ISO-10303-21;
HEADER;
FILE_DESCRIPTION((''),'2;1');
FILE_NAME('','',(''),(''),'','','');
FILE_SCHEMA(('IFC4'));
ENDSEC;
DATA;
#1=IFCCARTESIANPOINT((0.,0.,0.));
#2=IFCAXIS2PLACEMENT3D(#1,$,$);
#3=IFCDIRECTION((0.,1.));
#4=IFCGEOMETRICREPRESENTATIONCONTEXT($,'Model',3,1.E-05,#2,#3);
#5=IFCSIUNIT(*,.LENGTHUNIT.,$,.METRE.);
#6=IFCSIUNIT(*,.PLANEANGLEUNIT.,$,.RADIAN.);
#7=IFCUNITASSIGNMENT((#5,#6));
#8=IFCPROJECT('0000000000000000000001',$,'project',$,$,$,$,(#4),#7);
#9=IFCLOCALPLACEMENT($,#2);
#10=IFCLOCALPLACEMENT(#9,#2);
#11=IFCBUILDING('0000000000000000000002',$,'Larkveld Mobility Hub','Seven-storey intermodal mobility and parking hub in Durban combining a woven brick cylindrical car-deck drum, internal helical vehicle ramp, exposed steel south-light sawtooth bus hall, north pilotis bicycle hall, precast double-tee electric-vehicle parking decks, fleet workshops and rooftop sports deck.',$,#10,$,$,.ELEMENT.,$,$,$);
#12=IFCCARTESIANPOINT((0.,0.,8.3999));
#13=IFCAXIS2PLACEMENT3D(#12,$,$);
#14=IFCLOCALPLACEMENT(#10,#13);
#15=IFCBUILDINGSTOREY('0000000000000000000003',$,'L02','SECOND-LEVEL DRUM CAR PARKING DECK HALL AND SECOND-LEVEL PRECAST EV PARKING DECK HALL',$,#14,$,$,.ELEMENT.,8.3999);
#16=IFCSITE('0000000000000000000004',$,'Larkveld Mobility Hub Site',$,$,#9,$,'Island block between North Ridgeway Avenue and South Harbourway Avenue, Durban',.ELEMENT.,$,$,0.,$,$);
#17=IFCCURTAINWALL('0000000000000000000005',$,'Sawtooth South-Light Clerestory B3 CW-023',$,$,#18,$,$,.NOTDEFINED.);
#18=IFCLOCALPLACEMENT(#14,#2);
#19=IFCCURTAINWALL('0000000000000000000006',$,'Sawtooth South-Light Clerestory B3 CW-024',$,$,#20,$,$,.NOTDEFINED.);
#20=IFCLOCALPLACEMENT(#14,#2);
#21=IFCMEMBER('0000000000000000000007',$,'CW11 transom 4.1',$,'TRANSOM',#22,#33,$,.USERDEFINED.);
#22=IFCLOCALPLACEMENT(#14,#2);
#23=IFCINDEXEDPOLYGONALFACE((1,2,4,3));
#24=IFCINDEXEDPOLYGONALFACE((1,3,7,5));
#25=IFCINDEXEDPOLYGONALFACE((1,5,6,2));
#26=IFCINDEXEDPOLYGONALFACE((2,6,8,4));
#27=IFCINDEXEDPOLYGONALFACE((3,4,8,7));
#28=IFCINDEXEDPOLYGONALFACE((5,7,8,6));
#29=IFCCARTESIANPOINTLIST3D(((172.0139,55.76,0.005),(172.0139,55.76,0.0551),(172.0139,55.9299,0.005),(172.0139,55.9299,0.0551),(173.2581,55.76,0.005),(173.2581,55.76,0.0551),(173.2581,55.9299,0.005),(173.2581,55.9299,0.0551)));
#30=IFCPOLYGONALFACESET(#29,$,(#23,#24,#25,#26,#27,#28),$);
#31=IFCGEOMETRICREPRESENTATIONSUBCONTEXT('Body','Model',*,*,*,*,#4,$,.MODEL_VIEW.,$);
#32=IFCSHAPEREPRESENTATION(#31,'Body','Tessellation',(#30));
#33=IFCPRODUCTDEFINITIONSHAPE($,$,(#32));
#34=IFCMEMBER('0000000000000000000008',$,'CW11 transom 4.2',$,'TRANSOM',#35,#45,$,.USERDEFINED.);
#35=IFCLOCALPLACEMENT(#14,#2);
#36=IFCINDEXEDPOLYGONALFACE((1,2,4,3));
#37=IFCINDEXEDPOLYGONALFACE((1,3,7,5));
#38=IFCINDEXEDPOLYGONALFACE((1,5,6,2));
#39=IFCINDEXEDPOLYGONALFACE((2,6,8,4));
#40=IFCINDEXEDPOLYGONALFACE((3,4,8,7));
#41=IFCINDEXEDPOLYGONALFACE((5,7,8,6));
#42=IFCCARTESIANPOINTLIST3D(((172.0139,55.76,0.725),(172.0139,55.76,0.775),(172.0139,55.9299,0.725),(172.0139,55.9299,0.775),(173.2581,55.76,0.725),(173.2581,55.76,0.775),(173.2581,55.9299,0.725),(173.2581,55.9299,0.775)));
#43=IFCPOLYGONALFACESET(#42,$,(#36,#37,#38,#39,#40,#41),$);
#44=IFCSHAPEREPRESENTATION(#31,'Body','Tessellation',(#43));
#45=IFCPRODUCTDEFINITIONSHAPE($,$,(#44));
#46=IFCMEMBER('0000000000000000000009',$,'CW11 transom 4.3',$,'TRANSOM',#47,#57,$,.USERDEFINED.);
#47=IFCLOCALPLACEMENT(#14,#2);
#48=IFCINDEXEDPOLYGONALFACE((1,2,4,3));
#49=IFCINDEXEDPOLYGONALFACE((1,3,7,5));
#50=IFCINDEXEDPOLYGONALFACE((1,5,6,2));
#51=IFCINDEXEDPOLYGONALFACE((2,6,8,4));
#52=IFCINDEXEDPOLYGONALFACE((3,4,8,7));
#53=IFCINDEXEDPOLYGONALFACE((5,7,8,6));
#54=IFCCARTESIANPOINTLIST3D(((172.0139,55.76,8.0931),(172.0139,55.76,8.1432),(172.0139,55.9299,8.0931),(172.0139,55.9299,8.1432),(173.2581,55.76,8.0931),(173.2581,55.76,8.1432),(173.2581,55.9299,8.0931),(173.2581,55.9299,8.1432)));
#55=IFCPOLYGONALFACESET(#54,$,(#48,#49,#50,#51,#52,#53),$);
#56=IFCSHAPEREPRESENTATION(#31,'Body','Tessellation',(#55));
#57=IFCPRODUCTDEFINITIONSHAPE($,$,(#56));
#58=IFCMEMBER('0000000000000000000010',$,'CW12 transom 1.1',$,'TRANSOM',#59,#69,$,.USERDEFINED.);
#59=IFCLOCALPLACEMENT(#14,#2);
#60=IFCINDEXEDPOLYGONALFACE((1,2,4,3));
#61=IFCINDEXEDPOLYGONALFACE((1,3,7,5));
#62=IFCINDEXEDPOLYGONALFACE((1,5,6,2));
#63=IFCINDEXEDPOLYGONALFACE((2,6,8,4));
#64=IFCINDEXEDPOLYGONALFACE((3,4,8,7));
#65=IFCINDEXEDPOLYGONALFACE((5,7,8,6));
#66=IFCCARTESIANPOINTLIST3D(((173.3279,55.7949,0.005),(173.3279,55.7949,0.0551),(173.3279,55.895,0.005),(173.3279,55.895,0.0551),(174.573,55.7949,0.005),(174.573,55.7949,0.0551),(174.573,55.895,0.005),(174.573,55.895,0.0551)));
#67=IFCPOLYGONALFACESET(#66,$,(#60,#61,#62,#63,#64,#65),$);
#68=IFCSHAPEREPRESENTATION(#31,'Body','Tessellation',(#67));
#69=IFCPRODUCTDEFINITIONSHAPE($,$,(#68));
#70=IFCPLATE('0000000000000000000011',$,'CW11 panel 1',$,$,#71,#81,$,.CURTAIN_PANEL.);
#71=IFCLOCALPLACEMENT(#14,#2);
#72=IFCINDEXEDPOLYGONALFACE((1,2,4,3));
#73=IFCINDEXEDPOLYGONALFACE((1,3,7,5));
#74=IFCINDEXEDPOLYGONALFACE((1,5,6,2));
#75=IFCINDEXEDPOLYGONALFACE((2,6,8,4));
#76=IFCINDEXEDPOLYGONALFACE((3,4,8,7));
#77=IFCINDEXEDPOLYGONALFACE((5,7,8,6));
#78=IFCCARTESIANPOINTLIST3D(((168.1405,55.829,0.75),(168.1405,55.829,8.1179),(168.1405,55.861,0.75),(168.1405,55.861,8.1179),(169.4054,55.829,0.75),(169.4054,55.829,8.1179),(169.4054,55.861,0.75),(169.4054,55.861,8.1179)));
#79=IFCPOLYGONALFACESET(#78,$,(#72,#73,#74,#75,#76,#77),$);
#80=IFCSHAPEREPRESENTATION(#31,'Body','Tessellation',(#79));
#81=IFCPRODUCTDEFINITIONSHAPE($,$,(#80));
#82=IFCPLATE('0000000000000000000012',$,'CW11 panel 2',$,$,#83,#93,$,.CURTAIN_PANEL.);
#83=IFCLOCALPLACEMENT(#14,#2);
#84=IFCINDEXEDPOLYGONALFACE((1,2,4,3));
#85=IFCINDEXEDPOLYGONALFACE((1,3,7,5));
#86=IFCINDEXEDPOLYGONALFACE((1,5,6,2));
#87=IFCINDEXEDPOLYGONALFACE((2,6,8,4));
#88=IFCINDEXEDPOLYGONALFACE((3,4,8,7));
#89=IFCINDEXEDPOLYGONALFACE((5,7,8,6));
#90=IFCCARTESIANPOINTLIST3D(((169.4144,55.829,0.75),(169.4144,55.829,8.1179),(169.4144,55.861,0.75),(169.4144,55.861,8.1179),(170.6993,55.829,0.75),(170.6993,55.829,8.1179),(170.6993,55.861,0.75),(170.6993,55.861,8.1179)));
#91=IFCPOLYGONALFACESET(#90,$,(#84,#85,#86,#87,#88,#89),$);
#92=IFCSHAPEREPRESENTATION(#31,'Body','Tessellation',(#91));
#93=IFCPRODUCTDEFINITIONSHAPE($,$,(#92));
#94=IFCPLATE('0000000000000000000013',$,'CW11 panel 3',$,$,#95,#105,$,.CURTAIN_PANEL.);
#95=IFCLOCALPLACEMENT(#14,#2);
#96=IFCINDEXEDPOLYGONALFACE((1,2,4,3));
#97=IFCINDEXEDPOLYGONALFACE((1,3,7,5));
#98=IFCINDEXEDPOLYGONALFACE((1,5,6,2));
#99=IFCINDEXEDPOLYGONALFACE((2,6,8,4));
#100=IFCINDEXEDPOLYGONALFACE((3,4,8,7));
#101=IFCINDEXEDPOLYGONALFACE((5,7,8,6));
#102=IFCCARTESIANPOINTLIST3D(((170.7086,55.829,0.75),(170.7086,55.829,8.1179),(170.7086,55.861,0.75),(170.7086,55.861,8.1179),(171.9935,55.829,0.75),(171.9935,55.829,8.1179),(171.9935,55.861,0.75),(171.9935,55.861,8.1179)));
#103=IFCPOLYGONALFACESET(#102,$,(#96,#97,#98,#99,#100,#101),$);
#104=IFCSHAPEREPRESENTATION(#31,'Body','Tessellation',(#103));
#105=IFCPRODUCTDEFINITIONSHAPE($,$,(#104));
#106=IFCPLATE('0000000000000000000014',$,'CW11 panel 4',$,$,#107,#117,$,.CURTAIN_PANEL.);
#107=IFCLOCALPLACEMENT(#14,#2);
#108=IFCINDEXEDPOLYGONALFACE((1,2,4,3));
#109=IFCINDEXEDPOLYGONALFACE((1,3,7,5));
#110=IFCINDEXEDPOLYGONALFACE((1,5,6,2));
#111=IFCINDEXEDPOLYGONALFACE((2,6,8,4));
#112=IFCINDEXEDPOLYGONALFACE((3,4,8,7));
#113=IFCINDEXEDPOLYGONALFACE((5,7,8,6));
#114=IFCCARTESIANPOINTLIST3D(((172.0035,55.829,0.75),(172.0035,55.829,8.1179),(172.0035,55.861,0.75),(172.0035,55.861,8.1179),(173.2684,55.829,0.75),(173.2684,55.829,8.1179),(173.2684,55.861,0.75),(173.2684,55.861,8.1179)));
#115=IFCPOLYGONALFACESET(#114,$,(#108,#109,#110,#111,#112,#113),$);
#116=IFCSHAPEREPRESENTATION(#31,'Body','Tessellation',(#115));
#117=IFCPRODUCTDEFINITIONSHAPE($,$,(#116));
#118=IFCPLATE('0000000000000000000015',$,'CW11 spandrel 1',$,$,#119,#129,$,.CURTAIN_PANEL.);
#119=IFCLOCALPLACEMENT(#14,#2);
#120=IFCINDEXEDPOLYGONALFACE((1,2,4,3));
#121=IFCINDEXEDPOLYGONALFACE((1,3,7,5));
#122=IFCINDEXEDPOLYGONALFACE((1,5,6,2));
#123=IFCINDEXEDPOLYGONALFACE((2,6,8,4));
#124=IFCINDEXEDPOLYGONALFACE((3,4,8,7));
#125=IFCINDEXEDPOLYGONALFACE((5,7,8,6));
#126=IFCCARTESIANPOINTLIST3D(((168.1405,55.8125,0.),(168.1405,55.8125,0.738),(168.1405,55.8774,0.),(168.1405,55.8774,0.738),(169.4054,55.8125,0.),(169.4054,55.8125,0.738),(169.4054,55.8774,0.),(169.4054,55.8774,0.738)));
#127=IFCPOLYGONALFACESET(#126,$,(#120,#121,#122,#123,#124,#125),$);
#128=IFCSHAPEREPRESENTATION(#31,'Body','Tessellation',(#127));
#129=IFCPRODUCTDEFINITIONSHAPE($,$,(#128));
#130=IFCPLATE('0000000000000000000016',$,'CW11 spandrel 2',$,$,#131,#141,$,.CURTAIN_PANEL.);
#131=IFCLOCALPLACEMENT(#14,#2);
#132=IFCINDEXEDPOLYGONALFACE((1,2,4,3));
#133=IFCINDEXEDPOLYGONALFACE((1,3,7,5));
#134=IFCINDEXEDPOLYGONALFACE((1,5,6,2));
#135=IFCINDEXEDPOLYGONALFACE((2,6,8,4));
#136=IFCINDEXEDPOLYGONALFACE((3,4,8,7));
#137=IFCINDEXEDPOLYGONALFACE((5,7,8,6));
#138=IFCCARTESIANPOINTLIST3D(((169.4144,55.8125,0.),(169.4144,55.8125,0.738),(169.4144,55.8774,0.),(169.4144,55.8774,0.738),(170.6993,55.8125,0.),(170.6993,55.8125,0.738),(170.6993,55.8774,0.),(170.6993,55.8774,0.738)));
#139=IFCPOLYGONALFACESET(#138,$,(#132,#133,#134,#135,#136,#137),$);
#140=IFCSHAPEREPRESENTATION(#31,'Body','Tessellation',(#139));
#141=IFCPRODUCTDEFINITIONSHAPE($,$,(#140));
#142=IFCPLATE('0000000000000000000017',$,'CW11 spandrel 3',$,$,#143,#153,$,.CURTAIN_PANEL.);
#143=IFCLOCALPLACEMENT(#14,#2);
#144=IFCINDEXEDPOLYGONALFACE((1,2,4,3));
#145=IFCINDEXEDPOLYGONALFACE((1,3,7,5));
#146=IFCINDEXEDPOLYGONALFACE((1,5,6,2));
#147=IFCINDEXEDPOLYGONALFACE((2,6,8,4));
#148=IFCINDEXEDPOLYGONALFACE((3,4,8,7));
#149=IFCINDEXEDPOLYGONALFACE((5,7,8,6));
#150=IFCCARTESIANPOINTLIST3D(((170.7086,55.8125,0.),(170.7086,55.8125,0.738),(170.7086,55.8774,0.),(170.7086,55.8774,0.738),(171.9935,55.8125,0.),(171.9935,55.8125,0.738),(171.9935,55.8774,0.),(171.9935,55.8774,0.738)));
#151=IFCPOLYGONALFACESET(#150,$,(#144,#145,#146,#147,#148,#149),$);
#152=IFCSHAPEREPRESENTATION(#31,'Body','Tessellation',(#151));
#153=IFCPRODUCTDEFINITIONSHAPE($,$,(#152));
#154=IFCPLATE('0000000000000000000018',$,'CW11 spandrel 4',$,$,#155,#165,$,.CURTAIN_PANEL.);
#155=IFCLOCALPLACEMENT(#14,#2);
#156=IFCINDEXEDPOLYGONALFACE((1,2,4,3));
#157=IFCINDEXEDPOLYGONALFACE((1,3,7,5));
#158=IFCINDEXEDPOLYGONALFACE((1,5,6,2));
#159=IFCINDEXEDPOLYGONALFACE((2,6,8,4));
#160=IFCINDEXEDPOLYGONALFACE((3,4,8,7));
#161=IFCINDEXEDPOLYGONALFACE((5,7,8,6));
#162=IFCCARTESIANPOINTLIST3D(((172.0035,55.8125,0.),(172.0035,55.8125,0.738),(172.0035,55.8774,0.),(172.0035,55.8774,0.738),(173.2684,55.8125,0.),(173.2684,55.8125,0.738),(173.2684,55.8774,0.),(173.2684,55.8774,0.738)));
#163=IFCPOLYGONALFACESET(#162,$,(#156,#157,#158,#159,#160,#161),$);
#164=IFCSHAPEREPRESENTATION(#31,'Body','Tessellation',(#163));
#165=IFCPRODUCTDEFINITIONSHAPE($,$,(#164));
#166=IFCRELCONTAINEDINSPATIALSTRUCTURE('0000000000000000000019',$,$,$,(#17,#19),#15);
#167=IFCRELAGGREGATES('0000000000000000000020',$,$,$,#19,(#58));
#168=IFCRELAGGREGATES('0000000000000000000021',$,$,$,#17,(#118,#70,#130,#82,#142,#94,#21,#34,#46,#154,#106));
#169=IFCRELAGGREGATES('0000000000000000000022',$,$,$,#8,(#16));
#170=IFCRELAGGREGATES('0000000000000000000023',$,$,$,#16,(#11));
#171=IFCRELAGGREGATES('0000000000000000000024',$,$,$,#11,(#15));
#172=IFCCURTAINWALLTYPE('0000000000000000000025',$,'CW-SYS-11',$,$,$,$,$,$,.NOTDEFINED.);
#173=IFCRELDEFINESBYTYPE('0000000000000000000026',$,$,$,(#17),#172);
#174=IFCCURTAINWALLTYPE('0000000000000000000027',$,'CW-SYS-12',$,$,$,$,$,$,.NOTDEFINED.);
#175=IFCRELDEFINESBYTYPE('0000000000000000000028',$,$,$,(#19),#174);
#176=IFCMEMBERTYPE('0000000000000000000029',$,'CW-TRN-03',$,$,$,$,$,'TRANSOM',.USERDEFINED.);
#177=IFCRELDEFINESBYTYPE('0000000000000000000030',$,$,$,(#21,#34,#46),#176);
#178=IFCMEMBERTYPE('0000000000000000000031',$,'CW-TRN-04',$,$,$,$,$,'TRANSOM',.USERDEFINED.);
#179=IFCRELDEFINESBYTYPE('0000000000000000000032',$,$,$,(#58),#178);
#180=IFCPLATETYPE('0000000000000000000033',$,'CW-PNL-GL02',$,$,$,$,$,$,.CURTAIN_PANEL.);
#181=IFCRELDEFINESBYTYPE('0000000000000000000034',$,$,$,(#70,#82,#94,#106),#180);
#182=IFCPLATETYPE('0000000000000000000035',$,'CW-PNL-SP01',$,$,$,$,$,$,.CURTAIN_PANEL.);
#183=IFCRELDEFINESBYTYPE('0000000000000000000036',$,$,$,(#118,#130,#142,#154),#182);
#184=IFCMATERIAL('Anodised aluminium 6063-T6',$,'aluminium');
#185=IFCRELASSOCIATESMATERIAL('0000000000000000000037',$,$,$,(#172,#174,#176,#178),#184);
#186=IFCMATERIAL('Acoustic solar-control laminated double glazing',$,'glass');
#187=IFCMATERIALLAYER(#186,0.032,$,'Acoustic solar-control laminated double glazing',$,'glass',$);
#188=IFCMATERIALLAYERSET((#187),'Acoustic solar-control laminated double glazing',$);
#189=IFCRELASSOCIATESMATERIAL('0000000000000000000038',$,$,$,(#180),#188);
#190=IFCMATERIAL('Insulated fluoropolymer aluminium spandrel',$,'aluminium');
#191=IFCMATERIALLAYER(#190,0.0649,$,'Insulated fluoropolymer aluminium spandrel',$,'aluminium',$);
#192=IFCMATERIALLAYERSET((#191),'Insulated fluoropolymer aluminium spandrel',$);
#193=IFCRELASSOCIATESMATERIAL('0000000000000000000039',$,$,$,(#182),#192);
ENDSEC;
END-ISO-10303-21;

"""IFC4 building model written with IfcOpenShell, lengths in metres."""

from ifc_helpers import new_model, si_unit, direction, frame, origin, origin_2d, place, context, subcontext, project, spatial, rectangle, extrude, material, layer, layer_set, material_profile, profile_set, type_object, element, aggregate, save


model = new_model("IFC4")

# Units and contexts
model_context = context("Model", 3, precision=1e-05, world=origin(), true_north=direction((0.0, 1.0)))
body_context = subcontext(model_context, "Body", "Model", "MODEL_VIEW")
ifc_project = project(units=[si_unit("LENGTHUNIT", "METRE"), si_unit("PLANEANGLEUNIT", "RADIAN")], contexts=[model_context])

# Site, building, storey
site_placement = place(None, origin())
site = spatial("IfcSite", under=ifc_project, at=site_placement, Name="Larkveld Mobility Hub Site", LongName="Island block between North Ridgeway Avenue and South Harbourway Avenue, Durban", CompositionType="ELEMENT", RefElevation=0.0)
building_placement = place(site_placement, origin())
building = spatial("IfcBuilding", under=site, at=building_placement, Name="Larkveld Mobility Hub", Description="Seven-storey intermodal mobility and parking hub in Durban combining a woven brick cylindrical car-deck drum, internal helical vehicle ramp, exposed steel south-light sawtooth bus hall, north pilotis bicycle hall, precast double-tee electric-vehicle parking decks, fleet workshops and rooftop sports deck.", CompositionType="ELEMENT")
storey_placement = place(building_placement, frame((0.0, 0.0, 8.3999)))
storey = spatial("IfcBuildingStorey", under=building, at=storey_placement, Name="L02", Description="SECOND-LEVEL DRUM CAR PARKING DECK HALL AND SECOND-LEVEL PRECAST EV PARKING DECK HALL", CompositionType="ELEMENT", Elevation=8.3999)

# Curtain wall
ifc_material_1 = material(Name="Anodised aluminium 6063-T6", Category="aluminium")
curtain_wall_type_1 = type_object("IfcCurtainWallType", Name="CW-SYS-11", PredefinedType="NOTDEFINED", material=ifc_material_1)
curtain_wall_1_placement = place(storey_placement, origin())
curtain_wall_1 = element("IfcCurtainWall", 1, at=curtain_wall_1_placement, inside=storey, type_object=curtain_wall_type_1, Name="Sawtooth South-Light Clerestory B3 CW-023", PredefinedType="NOTDEFINED")

# Curtain wall
curtain_wall_type_2 = type_object("IfcCurtainWallType", Name="CW-SYS-12", PredefinedType="NOTDEFINED", material=ifc_material_1)
curtain_wall_2_placement = place(storey_placement, origin())
curtain_wall_2 = element("IfcCurtainWall", 2, at=curtain_wall_2_placement, inside=storey, type_object=curtain_wall_type_2, Name="Sawtooth South-Light Clerestory B3 CW-024", PredefinedType="NOTDEFINED")

# Members
ifc_material_profile_1 = material_profile(ifc_material_1, rectangle(XDim=0.1699, YDim=0.05, at=origin_2d()), Name="ALU TRAN 50x170")
ifc_profile_set_1 = profile_set([ifc_material_profile_1], Name="Anodised aluminium 6063-T6")
member_type_1 = type_object("IfcMemberType", Name="CW-TRN-03", ElementType="TRANSOM", PredefinedType="USERDEFINED", material=ifc_profile_set_1)
member_1_placement = place(storey_placement, frame((172.0139, 55.845, 0.03), z_axis=(1.0, 0.0, 0.0), x_axis=(0.0, 1.0, 0.0)))
member_1 = element("IfcMember", 3, at=member_1_placement, type_object=member_type_1, Name="CW11 transom 4.1", ObjectType="TRANSOM", PredefinedType="USERDEFINED", context=body_context, shape_type="SweptSolid", body=[
    extrude(rectangle(XDim=0.1699, YDim=0.05, at=origin_2d()), origin(), (0.0, 0.0, 1.0), 1.2441),
])
member_2_placement = place(storey_placement, frame((172.0139, 55.845, 0.75), z_axis=(1.0, 0.0, 0.0), x_axis=(0.0, 1.0, 0.0)))
member_2 = element("IfcMember", 4, at=member_2_placement, type_object=member_type_1, Name="CW11 transom 4.2", ObjectType="TRANSOM", PredefinedType="USERDEFINED", context=body_context, shape_type="SweptSolid", body=[
    extrude(rectangle(XDim=0.1699, YDim=0.05, at=origin_2d()), origin(), (0.0, 0.0, 1.0), 1.2441),
])
member_3_placement = place(storey_placement, frame((172.0139, 55.845, 8.1182), z_axis=(1.0, 0.0, 0.0), x_axis=(0.0, 1.0, 0.0)))
member_3 = element("IfcMember", 5, at=member_3_placement, type_object=member_type_1, Name="CW11 transom 4.3", ObjectType="TRANSOM", PredefinedType="USERDEFINED", context=body_context, shape_type="SweptSolid", body=[
    extrude(rectangle(XDim=0.1699, YDim=0.05, at=origin_2d()), origin(), (0.0, 0.0, 1.0), 1.2441),
])
ifc_material_profile_2 = material_profile(ifc_material_1, rectangle(XDim=0.1001, YDim=0.05, at=origin_2d()), Name="ALU TRAN 50x100")
ifc_profile_set_2 = profile_set([ifc_material_profile_2], Name="Anodised aluminium 6063-T6")
member_type_2 = type_object("IfcMemberType", Name="CW-TRN-04", ElementType="TRANSOM", PredefinedType="USERDEFINED", material=ifc_profile_set_2)
member_4_placement = place(storey_placement, frame((173.3279, 55.845, 0.03), z_axis=(1.0, 0.0, 0.0), x_axis=(0.0, 1.0, 0.0)))
member_4 = element("IfcMember", 6, at=member_4_placement, type_object=member_type_2, Name="CW12 transom 1.1", ObjectType="TRANSOM", PredefinedType="USERDEFINED", context=body_context, shape_type="SweptSolid", body=[
    extrude(rectangle(XDim=0.1001, YDim=0.05, at=origin_2d()), origin(), (0.0, 0.0, 1.0), 1.2451),
])
aggregate(curtain_wall_2, [member_4])

# Plates
ifc_material_2 = material(Name="Acoustic solar-control laminated double glazing", Category="glass")
ifc_layer_1 = layer(ifc_material_2, 0.032, Name="Acoustic solar-control laminated double glazing", Category="glass")
ifc_layer_set_1 = layer_set([ifc_layer_1], Name="Acoustic solar-control laminated double glazing")
plate_type_1 = type_object("IfcPlateType", Name="CW-PNL-GL02", PredefinedType="CURTAIN_PANEL", material=ifc_layer_set_1)
plate_1_placement = place(storey_placement, frame((168.7729, 55.845, 0.75), z_axis=(0.0, 0.0, 1.0), x_axis=(1.0, 0.0, 0.0)))
plate_1 = element("IfcPlate", 7, at=plate_1_placement, type_object=plate_type_1, Name="CW11 panel 1", PredefinedType="CURTAIN_PANEL", context=body_context, shape_type="SweptSolid", body=[
    extrude(rectangle(XDim=1.2649, YDim=0.032, at=origin_2d()), origin(), (0.0, 0.0, 1.0), 7.3679),
])
plate_2_placement = place(storey_placement, frame((170.0569, 55.845, 0.75), z_axis=(0.0, 0.0, 1.0), x_axis=(1.0, 0.0, 0.0)))
plate_2 = element("IfcPlate", 8, at=plate_2_placement, type_object=plate_type_1, Name="CW11 panel 2", PredefinedType="CURTAIN_PANEL", context=body_context, shape_type="SweptSolid", body=[
    extrude(rectangle(XDim=1.2849, YDim=0.032, at=origin_2d()), origin(), (0.0, 0.0, 1.0), 7.3679),
])
plate_3_placement = place(storey_placement, frame((171.3511, 55.845, 0.75), z_axis=(0.0, 0.0, 1.0), x_axis=(1.0, 0.0, 0.0)))
plate_3 = element("IfcPlate", 9, at=plate_3_placement, type_object=plate_type_1, Name="CW11 panel 3", PredefinedType="CURTAIN_PANEL", context=body_context, shape_type="SweptSolid", body=[
    extrude(rectangle(XDim=1.2849, YDim=0.032, at=origin_2d()), origin(), (0.0, 0.0, 1.0), 7.3679),
])
plate_4_placement = place(storey_placement, frame((172.636, 55.845, 0.75), z_axis=(0.0, 0.0, 1.0), x_axis=(1.0, 0.0, 0.0)))
plate_4 = element("IfcPlate", 10, at=plate_4_placement, type_object=plate_type_1, Name="CW11 panel 4", PredefinedType="CURTAIN_PANEL", context=body_context, shape_type="SweptSolid", body=[
    extrude(rectangle(XDim=1.2649, YDim=0.032, at=origin_2d()), origin(), (0.0, 0.0, 1.0), 7.3679),
])
ifc_material_3 = material(Name="Insulated fluoropolymer aluminium spandrel", Category="aluminium")
ifc_layer_2 = layer(ifc_material_3, 0.0649, Name="Insulated fluoropolymer aluminium spandrel", Category="aluminium")
ifc_layer_set_2 = layer_set([ifc_layer_2], Name="Insulated fluoropolymer aluminium spandrel")
plate_type_2 = type_object("IfcPlateType", Name="CW-PNL-SP01", PredefinedType="CURTAIN_PANEL", material=ifc_layer_set_2)
plate_5_placement = place(storey_placement, frame((168.7729, 55.845, 0.0), z_axis=(0.0, 0.0, 1.0), x_axis=(1.0, 0.0, 0.0)))
plate_5 = element("IfcPlate", 11, at=plate_5_placement, type_object=plate_type_2, Name="CW11 spandrel 1", PredefinedType="CURTAIN_PANEL", context=body_context, shape_type="SweptSolid", body=[
    extrude(rectangle(XDim=1.2649, YDim=0.0649, at=origin_2d()), origin(), (0.0, 0.0, 1.0), 0.738),
])
plate_6_placement = place(storey_placement, frame((170.0569, 55.845, 0.0), z_axis=(0.0, 0.0, 1.0), x_axis=(1.0, 0.0, 0.0)))
plate_6 = element("IfcPlate", 12, at=plate_6_placement, type_object=plate_type_2, Name="CW11 spandrel 2", PredefinedType="CURTAIN_PANEL", context=body_context, shape_type="SweptSolid", body=[
    extrude(rectangle(XDim=1.2849, YDim=0.0649, at=origin_2d()), origin(), (0.0, 0.0, 1.0), 0.738),
])
plate_7_placement = place(storey_placement, frame((171.3511, 55.845, 0.0), z_axis=(0.0, 0.0, 1.0), x_axis=(1.0, 0.0, 0.0)))
plate_7 = element("IfcPlate", 13, at=plate_7_placement, type_object=plate_type_2, Name="CW11 spandrel 3", PredefinedType="CURTAIN_PANEL", context=body_context, shape_type="SweptSolid", body=[
    extrude(rectangle(XDim=1.2849, YDim=0.0649, at=origin_2d()), origin(), (0.0, 0.0, 1.0), 0.738),
])
plate_8_placement = place(storey_placement, frame((172.636, 55.845, 0.0), z_axis=(0.0, 0.0, 1.0), x_axis=(1.0, 0.0, 0.0)))
plate_8 = element("IfcPlate", 14, at=plate_8_placement, type_object=plate_type_2, Name="CW11 spandrel 4", PredefinedType="CURTAIN_PANEL", context=body_context, shape_type="SweptSolid", body=[
    extrude(rectangle(XDim=1.2649, YDim=0.0649, at=origin_2d()), origin(), (0.0, 0.0, 1.0), 0.738),
])
aggregate(curtain_wall_1, [plate_5, plate_1, plate_6, plate_2, plate_7, plate_3, member_1, member_2, member_3, plate_8, plate_4])

save(model, "model.ifc")
